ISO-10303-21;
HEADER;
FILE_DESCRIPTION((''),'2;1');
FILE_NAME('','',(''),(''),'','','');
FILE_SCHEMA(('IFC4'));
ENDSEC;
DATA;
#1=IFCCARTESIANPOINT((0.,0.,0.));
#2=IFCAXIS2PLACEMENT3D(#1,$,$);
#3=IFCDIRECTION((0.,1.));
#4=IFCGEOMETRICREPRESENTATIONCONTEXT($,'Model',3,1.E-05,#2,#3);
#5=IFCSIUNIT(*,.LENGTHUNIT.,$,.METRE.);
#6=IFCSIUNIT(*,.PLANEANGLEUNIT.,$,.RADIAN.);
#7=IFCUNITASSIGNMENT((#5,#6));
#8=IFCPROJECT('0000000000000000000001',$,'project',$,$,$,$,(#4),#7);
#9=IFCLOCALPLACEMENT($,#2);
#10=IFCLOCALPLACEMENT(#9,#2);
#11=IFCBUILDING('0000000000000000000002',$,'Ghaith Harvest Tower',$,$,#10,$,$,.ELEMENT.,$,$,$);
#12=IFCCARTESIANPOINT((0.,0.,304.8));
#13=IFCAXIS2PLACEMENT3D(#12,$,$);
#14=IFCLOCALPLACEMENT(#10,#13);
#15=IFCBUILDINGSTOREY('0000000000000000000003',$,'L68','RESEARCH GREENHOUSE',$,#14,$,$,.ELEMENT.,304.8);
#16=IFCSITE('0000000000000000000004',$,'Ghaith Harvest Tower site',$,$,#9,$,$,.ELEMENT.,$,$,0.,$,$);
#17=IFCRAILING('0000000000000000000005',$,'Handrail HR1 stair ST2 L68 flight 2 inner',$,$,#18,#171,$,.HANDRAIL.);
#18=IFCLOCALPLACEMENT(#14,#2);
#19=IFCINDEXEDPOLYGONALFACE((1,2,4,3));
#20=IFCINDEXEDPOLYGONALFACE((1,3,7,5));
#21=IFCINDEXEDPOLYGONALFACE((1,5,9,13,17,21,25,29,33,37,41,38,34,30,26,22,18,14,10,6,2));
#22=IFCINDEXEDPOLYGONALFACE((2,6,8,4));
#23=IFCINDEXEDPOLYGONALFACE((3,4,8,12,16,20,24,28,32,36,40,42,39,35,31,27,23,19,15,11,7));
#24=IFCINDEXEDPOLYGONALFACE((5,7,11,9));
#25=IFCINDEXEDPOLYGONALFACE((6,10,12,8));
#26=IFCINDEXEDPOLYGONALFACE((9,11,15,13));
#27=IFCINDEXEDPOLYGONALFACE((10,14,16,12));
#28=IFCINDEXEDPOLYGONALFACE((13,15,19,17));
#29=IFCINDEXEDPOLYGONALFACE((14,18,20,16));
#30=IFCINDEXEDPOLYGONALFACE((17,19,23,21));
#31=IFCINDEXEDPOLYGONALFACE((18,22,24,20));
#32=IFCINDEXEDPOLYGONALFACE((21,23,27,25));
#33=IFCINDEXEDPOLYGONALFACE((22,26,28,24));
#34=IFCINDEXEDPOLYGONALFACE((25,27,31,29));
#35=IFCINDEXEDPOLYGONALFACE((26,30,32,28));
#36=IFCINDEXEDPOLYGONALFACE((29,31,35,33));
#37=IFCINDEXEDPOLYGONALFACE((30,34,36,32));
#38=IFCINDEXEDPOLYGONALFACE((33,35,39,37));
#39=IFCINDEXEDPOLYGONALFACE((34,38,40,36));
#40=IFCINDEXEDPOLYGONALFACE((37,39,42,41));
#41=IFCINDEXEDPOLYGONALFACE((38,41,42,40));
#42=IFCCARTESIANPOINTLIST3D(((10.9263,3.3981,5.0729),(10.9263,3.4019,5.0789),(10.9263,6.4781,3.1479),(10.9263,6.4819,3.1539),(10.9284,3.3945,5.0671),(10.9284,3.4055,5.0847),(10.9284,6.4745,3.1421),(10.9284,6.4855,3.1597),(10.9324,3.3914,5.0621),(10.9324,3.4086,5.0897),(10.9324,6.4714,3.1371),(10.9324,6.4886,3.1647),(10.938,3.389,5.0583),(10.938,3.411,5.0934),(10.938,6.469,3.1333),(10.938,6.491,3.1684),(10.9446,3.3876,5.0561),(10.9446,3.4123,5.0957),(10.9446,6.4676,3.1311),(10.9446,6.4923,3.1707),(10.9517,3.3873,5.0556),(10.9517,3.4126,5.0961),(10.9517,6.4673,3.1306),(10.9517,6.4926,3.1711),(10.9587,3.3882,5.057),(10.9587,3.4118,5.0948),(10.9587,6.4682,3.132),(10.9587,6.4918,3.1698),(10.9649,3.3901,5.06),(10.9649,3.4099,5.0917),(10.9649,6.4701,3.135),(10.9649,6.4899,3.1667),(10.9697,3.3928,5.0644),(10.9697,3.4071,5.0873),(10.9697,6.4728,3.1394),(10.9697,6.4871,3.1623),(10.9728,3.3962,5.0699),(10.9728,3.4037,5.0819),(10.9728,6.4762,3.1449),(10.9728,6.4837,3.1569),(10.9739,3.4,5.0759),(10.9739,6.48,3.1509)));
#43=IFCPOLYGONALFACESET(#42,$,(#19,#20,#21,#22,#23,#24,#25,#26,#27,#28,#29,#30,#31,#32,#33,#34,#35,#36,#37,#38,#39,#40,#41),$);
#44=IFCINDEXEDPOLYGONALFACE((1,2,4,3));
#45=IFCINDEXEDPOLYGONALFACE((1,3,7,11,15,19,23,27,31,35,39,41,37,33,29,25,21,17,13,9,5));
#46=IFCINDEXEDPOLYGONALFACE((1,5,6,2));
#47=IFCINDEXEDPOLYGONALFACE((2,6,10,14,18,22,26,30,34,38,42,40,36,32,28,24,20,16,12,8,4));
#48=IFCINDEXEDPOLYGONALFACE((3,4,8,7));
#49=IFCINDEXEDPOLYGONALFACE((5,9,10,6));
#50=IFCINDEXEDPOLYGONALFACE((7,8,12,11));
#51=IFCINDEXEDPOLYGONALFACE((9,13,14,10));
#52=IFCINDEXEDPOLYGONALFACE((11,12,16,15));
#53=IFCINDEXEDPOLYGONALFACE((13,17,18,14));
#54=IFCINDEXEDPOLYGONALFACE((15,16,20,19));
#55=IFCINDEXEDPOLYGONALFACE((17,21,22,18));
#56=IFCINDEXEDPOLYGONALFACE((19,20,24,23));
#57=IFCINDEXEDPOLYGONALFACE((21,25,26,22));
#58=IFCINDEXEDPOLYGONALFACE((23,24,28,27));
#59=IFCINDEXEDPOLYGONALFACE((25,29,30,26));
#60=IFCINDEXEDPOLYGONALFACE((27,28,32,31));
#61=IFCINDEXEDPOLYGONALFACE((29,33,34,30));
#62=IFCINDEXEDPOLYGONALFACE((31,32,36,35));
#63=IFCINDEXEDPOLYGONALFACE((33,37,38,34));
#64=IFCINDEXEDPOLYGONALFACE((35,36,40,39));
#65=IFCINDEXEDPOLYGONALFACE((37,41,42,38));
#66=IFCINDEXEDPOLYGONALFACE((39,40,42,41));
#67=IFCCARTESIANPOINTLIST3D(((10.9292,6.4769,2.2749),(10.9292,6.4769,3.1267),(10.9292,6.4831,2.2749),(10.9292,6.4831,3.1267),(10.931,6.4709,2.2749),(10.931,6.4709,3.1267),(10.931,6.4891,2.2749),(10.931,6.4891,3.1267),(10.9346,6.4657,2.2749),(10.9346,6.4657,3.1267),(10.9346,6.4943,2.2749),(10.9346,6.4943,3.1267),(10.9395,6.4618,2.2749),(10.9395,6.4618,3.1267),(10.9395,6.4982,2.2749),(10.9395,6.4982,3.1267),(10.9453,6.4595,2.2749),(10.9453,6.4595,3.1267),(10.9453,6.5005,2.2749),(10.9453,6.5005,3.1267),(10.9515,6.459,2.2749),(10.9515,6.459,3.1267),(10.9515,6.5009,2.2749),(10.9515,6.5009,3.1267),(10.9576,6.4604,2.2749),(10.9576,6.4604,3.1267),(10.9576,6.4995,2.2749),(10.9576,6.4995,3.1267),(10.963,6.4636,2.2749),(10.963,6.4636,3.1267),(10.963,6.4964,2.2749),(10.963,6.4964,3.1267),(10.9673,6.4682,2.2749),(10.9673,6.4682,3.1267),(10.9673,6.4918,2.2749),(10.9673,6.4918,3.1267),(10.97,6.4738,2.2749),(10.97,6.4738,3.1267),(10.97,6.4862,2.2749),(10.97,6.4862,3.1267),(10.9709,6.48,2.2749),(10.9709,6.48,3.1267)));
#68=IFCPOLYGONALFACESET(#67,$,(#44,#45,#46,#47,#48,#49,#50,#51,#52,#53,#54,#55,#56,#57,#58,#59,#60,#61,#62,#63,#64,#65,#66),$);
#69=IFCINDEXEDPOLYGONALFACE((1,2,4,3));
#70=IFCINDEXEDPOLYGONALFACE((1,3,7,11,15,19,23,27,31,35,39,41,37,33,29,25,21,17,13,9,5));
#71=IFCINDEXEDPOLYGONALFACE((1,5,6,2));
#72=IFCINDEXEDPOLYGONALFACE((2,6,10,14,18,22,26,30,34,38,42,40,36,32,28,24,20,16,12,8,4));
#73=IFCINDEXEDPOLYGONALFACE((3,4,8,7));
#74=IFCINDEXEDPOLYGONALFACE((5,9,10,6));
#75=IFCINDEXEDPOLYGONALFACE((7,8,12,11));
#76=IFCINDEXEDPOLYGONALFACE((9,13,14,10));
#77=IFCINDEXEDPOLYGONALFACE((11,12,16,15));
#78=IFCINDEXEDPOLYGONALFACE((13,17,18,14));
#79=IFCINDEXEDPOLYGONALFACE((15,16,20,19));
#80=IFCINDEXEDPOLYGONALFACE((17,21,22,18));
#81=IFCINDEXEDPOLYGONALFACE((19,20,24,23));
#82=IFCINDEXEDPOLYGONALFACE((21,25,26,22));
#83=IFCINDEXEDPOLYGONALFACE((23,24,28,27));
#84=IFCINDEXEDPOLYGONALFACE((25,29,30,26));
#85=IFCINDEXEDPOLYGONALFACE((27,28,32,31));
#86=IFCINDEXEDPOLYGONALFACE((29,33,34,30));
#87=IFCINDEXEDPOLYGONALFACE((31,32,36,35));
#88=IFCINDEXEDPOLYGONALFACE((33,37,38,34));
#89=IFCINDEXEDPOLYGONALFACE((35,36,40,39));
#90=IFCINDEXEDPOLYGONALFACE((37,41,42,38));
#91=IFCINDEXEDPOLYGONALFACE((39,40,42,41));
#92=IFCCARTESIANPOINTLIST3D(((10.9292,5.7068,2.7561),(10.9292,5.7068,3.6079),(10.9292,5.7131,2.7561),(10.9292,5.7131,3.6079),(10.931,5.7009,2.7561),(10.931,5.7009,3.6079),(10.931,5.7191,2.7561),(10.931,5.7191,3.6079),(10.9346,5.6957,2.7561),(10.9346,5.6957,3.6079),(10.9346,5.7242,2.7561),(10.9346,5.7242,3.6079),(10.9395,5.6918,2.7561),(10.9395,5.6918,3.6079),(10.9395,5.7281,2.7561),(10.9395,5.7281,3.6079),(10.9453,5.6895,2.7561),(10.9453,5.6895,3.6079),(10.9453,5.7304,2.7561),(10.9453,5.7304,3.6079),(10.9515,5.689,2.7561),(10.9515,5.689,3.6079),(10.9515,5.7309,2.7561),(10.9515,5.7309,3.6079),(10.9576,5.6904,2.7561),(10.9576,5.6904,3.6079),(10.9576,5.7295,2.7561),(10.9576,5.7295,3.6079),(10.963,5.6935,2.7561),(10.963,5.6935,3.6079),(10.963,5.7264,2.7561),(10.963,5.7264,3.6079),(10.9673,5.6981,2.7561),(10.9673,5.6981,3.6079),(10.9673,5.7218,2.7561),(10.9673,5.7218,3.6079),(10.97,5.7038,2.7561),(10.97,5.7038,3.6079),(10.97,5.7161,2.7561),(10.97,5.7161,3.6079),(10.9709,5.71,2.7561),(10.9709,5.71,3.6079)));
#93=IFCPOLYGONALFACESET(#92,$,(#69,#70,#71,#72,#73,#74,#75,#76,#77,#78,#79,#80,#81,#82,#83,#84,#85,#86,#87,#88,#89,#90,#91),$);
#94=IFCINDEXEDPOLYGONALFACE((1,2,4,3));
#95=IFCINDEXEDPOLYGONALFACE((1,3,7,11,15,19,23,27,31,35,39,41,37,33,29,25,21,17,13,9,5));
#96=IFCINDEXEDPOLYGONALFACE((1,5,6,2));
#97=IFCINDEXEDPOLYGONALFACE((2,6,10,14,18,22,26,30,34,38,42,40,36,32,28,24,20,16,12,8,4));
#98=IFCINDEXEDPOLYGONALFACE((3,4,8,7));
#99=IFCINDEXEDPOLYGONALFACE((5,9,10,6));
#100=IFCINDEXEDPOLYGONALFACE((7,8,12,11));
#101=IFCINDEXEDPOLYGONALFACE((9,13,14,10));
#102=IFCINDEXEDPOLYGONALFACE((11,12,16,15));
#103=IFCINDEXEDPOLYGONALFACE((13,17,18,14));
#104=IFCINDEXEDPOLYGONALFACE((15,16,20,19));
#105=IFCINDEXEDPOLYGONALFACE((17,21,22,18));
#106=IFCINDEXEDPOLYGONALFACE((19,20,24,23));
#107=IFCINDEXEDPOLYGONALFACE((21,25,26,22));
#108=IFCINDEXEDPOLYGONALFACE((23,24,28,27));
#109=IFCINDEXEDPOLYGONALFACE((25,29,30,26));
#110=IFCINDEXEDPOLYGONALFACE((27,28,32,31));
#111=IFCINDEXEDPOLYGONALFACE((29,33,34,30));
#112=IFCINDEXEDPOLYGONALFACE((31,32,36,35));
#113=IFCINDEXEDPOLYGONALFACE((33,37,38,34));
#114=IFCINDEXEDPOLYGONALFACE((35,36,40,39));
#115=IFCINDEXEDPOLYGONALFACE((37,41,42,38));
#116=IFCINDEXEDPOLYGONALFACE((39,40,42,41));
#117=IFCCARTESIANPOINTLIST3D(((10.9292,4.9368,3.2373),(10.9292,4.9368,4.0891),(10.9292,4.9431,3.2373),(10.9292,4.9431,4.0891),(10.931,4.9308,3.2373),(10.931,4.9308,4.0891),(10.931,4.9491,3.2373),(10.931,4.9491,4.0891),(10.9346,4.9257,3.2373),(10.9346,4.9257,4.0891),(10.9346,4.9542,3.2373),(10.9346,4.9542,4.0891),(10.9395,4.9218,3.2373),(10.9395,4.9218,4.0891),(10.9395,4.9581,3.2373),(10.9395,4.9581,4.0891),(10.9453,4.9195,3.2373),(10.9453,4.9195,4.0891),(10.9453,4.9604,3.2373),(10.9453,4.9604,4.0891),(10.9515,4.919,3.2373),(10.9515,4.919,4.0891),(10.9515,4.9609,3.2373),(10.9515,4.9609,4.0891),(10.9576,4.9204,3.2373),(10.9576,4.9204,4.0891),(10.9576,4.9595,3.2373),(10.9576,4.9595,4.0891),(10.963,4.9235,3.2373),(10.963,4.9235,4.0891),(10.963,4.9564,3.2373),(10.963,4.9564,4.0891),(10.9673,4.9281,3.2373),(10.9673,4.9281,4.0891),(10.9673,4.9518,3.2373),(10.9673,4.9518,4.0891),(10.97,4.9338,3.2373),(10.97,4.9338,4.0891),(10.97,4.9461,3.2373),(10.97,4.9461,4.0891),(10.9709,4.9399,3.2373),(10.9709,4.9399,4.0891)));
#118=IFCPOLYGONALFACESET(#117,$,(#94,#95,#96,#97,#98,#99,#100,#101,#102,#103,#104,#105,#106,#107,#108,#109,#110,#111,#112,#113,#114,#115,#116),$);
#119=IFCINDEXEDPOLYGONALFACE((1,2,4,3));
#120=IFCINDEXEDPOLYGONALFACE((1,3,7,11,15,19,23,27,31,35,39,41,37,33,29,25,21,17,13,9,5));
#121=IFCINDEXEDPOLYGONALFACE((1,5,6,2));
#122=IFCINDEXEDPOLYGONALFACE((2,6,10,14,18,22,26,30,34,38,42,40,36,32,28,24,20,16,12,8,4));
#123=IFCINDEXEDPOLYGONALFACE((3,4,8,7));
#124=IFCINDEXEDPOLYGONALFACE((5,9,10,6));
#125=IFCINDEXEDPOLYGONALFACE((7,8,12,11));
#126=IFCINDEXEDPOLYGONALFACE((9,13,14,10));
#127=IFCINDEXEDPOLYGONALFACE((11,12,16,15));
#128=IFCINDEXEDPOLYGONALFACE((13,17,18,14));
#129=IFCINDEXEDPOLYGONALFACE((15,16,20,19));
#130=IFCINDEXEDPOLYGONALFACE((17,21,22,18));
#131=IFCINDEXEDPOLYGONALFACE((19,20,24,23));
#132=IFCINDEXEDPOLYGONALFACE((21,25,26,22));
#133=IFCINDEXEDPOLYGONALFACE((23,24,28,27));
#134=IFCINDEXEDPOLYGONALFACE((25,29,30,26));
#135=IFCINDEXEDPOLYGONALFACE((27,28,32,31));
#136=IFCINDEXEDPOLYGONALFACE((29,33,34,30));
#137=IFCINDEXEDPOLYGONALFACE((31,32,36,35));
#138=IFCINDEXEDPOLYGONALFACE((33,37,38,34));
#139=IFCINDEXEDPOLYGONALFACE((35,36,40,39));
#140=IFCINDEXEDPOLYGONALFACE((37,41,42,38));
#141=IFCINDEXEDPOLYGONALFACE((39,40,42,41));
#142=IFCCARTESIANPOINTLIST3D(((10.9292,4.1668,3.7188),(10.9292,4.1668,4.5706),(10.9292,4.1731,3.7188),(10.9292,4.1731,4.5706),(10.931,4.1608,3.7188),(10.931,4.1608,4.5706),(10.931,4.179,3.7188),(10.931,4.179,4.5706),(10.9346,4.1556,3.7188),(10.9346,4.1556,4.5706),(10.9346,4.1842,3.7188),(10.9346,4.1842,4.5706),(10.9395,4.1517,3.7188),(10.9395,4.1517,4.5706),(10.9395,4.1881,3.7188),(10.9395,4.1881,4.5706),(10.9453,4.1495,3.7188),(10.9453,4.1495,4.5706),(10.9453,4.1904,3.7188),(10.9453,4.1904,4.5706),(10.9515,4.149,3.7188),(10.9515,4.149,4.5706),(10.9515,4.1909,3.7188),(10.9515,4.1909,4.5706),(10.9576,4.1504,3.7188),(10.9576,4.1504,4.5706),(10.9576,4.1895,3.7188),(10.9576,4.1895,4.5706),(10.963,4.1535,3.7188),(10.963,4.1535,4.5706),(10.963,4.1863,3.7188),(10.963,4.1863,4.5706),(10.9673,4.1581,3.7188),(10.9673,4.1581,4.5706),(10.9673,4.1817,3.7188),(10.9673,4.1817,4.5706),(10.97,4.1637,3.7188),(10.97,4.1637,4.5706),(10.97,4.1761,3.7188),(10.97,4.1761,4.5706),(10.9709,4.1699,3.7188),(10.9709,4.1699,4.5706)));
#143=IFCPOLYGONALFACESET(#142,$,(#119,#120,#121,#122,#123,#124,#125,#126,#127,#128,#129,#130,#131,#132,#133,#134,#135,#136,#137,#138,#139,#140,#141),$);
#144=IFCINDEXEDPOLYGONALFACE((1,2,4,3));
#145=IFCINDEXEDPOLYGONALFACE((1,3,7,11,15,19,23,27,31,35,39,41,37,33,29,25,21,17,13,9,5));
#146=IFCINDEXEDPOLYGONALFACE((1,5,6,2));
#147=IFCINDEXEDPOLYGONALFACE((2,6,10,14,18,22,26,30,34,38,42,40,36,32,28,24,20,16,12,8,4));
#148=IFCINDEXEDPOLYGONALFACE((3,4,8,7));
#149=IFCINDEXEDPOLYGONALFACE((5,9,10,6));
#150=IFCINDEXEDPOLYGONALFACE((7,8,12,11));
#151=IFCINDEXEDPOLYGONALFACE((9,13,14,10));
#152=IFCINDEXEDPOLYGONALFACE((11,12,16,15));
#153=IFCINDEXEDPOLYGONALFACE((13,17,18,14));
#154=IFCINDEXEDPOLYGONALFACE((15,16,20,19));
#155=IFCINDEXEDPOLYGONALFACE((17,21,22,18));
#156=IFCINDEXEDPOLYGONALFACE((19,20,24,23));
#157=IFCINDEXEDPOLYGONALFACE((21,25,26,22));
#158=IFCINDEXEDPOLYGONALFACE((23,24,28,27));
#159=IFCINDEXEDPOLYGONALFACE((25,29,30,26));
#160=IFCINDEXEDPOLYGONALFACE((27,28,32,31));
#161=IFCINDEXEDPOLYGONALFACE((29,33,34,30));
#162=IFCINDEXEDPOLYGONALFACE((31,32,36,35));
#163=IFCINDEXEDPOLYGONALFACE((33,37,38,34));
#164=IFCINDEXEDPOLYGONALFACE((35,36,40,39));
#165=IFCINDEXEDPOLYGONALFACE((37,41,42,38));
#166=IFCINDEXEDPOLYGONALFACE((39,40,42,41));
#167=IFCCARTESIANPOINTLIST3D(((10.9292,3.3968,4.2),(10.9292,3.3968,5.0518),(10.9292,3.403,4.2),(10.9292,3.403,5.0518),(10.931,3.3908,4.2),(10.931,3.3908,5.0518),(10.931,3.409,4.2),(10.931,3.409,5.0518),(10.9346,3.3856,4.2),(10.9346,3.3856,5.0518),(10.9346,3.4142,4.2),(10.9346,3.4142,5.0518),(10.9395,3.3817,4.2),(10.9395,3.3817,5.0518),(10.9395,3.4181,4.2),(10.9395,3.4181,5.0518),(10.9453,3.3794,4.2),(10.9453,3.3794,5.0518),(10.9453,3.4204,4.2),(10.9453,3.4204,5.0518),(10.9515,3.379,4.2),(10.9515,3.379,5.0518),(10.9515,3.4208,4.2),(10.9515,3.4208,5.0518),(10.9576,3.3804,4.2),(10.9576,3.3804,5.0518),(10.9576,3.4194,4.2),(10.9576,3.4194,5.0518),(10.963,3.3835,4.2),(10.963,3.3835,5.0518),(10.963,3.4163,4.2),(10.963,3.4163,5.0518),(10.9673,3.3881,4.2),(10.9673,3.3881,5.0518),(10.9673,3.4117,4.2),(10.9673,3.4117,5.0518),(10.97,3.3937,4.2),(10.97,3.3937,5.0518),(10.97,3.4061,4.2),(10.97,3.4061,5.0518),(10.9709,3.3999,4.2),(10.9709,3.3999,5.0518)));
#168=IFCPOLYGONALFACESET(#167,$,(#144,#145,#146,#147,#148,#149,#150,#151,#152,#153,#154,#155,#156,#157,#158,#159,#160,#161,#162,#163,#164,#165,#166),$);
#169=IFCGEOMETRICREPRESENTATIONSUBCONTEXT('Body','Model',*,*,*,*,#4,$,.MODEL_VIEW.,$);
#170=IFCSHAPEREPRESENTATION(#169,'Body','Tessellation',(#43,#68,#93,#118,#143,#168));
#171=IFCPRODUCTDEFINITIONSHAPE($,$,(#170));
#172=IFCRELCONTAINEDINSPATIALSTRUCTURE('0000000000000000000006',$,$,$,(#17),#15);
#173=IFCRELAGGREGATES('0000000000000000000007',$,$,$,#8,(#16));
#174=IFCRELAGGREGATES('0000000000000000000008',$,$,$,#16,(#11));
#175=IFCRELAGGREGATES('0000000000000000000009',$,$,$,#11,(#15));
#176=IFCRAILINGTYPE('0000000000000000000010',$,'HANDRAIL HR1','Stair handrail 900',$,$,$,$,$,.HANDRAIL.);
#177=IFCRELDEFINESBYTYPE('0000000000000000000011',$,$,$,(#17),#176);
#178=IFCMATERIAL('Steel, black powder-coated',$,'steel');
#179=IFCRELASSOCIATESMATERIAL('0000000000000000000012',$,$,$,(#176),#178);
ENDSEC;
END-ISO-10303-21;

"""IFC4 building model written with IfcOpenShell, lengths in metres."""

from ifc_helpers import new_model, si_unit, direction, frame, origin, origin_2d, place, context, subcontext, project, spatial, circle, extrude, material, type_object, element, save


model = new_model("IFC4")

# Units and contexts
model_context = context("Model", 3, precision=1e-05, world=origin(), true_north=direction((0.0, 1.0)))
body_context = subcontext(model_context, "Body", "Model", "MODEL_VIEW")
ifc_project = project(units=[si_unit("LENGTHUNIT", "METRE"), si_unit("PLANEANGLEUNIT", "RADIAN")], contexts=[model_context])

# Site, building, storey
site_placement = place(None, origin())
site = spatial("IfcSite", under=ifc_project, at=site_placement, Name="Ghaith Harvest Tower site", CompositionType="ELEMENT", RefElevation=0.0)
building_placement = place(site_placement, origin())
building = spatial("IfcBuilding", under=site, at=building_placement, Name="Ghaith Harvest Tower", CompositionType="ELEMENT")
storey_placement = place(building_placement, frame((0.0, 0.0, 304.8)))
storey = spatial("IfcBuildingStorey", under=building, at=storey_placement, Name="L68", Description="RESEARCH GREENHOUSE", CompositionType="ELEMENT", Elevation=304.8)

# Railing
ifc_material_1 = material(Name="Steel, black powder-coated", Category="steel")
railing_type = type_object("IfcRailingType", Name="HANDRAIL HR1", Description="Stair handrail 900", PredefinedType="HANDRAIL", material=ifc_material_1)
railing_1_placement = place(storey_placement, frame((10.95, 6.48, 2.2749)))
element("IfcRailing", 1, at=railing_1_placement, inside=storey, type_object=railing_type, Name="Handrail HR1 stair ST2 L68 flight 2 inner", PredefinedType="HANDRAIL", context=body_context, shape_type="SweptSolid", body=[
    extrude(circle(Radius=0.0239, at=origin_2d()), frame((0.0, 0.0, 0.876), z_axis=(0.0, -0.847998, 0.529999), x_axis=(1.0, 0.0, 0.0)), (0.0, 0.0, 1.0), 3.6321),
    extrude(circle(Radius=0.021, at=origin_2d()), origin(), (0.0, 0.0, 1.0), 0.8518),
    extrude(circle(Radius=0.021, at=origin_2d()), frame((0.0, -0.77, 0.4812)), (0.0, 0.0, 1.0), 0.8518),
    extrude(circle(Radius=0.021, at=origin_2d()), frame((0.0, -1.54, 0.9624)), (0.0, 0.0, 1.0), 0.8518),
    extrude(circle(Radius=0.021, at=origin_2d()), frame((0.0, -2.3101, 1.4438)), (0.0, 0.0, 1.0), 0.8518),
    extrude(circle(Radius=0.021, at=origin_2d()), frame((0.0, -3.0801, 1.925)), (0.0, 0.0, 1.0), 0.8518),
])

save(model, "model.ifc")
